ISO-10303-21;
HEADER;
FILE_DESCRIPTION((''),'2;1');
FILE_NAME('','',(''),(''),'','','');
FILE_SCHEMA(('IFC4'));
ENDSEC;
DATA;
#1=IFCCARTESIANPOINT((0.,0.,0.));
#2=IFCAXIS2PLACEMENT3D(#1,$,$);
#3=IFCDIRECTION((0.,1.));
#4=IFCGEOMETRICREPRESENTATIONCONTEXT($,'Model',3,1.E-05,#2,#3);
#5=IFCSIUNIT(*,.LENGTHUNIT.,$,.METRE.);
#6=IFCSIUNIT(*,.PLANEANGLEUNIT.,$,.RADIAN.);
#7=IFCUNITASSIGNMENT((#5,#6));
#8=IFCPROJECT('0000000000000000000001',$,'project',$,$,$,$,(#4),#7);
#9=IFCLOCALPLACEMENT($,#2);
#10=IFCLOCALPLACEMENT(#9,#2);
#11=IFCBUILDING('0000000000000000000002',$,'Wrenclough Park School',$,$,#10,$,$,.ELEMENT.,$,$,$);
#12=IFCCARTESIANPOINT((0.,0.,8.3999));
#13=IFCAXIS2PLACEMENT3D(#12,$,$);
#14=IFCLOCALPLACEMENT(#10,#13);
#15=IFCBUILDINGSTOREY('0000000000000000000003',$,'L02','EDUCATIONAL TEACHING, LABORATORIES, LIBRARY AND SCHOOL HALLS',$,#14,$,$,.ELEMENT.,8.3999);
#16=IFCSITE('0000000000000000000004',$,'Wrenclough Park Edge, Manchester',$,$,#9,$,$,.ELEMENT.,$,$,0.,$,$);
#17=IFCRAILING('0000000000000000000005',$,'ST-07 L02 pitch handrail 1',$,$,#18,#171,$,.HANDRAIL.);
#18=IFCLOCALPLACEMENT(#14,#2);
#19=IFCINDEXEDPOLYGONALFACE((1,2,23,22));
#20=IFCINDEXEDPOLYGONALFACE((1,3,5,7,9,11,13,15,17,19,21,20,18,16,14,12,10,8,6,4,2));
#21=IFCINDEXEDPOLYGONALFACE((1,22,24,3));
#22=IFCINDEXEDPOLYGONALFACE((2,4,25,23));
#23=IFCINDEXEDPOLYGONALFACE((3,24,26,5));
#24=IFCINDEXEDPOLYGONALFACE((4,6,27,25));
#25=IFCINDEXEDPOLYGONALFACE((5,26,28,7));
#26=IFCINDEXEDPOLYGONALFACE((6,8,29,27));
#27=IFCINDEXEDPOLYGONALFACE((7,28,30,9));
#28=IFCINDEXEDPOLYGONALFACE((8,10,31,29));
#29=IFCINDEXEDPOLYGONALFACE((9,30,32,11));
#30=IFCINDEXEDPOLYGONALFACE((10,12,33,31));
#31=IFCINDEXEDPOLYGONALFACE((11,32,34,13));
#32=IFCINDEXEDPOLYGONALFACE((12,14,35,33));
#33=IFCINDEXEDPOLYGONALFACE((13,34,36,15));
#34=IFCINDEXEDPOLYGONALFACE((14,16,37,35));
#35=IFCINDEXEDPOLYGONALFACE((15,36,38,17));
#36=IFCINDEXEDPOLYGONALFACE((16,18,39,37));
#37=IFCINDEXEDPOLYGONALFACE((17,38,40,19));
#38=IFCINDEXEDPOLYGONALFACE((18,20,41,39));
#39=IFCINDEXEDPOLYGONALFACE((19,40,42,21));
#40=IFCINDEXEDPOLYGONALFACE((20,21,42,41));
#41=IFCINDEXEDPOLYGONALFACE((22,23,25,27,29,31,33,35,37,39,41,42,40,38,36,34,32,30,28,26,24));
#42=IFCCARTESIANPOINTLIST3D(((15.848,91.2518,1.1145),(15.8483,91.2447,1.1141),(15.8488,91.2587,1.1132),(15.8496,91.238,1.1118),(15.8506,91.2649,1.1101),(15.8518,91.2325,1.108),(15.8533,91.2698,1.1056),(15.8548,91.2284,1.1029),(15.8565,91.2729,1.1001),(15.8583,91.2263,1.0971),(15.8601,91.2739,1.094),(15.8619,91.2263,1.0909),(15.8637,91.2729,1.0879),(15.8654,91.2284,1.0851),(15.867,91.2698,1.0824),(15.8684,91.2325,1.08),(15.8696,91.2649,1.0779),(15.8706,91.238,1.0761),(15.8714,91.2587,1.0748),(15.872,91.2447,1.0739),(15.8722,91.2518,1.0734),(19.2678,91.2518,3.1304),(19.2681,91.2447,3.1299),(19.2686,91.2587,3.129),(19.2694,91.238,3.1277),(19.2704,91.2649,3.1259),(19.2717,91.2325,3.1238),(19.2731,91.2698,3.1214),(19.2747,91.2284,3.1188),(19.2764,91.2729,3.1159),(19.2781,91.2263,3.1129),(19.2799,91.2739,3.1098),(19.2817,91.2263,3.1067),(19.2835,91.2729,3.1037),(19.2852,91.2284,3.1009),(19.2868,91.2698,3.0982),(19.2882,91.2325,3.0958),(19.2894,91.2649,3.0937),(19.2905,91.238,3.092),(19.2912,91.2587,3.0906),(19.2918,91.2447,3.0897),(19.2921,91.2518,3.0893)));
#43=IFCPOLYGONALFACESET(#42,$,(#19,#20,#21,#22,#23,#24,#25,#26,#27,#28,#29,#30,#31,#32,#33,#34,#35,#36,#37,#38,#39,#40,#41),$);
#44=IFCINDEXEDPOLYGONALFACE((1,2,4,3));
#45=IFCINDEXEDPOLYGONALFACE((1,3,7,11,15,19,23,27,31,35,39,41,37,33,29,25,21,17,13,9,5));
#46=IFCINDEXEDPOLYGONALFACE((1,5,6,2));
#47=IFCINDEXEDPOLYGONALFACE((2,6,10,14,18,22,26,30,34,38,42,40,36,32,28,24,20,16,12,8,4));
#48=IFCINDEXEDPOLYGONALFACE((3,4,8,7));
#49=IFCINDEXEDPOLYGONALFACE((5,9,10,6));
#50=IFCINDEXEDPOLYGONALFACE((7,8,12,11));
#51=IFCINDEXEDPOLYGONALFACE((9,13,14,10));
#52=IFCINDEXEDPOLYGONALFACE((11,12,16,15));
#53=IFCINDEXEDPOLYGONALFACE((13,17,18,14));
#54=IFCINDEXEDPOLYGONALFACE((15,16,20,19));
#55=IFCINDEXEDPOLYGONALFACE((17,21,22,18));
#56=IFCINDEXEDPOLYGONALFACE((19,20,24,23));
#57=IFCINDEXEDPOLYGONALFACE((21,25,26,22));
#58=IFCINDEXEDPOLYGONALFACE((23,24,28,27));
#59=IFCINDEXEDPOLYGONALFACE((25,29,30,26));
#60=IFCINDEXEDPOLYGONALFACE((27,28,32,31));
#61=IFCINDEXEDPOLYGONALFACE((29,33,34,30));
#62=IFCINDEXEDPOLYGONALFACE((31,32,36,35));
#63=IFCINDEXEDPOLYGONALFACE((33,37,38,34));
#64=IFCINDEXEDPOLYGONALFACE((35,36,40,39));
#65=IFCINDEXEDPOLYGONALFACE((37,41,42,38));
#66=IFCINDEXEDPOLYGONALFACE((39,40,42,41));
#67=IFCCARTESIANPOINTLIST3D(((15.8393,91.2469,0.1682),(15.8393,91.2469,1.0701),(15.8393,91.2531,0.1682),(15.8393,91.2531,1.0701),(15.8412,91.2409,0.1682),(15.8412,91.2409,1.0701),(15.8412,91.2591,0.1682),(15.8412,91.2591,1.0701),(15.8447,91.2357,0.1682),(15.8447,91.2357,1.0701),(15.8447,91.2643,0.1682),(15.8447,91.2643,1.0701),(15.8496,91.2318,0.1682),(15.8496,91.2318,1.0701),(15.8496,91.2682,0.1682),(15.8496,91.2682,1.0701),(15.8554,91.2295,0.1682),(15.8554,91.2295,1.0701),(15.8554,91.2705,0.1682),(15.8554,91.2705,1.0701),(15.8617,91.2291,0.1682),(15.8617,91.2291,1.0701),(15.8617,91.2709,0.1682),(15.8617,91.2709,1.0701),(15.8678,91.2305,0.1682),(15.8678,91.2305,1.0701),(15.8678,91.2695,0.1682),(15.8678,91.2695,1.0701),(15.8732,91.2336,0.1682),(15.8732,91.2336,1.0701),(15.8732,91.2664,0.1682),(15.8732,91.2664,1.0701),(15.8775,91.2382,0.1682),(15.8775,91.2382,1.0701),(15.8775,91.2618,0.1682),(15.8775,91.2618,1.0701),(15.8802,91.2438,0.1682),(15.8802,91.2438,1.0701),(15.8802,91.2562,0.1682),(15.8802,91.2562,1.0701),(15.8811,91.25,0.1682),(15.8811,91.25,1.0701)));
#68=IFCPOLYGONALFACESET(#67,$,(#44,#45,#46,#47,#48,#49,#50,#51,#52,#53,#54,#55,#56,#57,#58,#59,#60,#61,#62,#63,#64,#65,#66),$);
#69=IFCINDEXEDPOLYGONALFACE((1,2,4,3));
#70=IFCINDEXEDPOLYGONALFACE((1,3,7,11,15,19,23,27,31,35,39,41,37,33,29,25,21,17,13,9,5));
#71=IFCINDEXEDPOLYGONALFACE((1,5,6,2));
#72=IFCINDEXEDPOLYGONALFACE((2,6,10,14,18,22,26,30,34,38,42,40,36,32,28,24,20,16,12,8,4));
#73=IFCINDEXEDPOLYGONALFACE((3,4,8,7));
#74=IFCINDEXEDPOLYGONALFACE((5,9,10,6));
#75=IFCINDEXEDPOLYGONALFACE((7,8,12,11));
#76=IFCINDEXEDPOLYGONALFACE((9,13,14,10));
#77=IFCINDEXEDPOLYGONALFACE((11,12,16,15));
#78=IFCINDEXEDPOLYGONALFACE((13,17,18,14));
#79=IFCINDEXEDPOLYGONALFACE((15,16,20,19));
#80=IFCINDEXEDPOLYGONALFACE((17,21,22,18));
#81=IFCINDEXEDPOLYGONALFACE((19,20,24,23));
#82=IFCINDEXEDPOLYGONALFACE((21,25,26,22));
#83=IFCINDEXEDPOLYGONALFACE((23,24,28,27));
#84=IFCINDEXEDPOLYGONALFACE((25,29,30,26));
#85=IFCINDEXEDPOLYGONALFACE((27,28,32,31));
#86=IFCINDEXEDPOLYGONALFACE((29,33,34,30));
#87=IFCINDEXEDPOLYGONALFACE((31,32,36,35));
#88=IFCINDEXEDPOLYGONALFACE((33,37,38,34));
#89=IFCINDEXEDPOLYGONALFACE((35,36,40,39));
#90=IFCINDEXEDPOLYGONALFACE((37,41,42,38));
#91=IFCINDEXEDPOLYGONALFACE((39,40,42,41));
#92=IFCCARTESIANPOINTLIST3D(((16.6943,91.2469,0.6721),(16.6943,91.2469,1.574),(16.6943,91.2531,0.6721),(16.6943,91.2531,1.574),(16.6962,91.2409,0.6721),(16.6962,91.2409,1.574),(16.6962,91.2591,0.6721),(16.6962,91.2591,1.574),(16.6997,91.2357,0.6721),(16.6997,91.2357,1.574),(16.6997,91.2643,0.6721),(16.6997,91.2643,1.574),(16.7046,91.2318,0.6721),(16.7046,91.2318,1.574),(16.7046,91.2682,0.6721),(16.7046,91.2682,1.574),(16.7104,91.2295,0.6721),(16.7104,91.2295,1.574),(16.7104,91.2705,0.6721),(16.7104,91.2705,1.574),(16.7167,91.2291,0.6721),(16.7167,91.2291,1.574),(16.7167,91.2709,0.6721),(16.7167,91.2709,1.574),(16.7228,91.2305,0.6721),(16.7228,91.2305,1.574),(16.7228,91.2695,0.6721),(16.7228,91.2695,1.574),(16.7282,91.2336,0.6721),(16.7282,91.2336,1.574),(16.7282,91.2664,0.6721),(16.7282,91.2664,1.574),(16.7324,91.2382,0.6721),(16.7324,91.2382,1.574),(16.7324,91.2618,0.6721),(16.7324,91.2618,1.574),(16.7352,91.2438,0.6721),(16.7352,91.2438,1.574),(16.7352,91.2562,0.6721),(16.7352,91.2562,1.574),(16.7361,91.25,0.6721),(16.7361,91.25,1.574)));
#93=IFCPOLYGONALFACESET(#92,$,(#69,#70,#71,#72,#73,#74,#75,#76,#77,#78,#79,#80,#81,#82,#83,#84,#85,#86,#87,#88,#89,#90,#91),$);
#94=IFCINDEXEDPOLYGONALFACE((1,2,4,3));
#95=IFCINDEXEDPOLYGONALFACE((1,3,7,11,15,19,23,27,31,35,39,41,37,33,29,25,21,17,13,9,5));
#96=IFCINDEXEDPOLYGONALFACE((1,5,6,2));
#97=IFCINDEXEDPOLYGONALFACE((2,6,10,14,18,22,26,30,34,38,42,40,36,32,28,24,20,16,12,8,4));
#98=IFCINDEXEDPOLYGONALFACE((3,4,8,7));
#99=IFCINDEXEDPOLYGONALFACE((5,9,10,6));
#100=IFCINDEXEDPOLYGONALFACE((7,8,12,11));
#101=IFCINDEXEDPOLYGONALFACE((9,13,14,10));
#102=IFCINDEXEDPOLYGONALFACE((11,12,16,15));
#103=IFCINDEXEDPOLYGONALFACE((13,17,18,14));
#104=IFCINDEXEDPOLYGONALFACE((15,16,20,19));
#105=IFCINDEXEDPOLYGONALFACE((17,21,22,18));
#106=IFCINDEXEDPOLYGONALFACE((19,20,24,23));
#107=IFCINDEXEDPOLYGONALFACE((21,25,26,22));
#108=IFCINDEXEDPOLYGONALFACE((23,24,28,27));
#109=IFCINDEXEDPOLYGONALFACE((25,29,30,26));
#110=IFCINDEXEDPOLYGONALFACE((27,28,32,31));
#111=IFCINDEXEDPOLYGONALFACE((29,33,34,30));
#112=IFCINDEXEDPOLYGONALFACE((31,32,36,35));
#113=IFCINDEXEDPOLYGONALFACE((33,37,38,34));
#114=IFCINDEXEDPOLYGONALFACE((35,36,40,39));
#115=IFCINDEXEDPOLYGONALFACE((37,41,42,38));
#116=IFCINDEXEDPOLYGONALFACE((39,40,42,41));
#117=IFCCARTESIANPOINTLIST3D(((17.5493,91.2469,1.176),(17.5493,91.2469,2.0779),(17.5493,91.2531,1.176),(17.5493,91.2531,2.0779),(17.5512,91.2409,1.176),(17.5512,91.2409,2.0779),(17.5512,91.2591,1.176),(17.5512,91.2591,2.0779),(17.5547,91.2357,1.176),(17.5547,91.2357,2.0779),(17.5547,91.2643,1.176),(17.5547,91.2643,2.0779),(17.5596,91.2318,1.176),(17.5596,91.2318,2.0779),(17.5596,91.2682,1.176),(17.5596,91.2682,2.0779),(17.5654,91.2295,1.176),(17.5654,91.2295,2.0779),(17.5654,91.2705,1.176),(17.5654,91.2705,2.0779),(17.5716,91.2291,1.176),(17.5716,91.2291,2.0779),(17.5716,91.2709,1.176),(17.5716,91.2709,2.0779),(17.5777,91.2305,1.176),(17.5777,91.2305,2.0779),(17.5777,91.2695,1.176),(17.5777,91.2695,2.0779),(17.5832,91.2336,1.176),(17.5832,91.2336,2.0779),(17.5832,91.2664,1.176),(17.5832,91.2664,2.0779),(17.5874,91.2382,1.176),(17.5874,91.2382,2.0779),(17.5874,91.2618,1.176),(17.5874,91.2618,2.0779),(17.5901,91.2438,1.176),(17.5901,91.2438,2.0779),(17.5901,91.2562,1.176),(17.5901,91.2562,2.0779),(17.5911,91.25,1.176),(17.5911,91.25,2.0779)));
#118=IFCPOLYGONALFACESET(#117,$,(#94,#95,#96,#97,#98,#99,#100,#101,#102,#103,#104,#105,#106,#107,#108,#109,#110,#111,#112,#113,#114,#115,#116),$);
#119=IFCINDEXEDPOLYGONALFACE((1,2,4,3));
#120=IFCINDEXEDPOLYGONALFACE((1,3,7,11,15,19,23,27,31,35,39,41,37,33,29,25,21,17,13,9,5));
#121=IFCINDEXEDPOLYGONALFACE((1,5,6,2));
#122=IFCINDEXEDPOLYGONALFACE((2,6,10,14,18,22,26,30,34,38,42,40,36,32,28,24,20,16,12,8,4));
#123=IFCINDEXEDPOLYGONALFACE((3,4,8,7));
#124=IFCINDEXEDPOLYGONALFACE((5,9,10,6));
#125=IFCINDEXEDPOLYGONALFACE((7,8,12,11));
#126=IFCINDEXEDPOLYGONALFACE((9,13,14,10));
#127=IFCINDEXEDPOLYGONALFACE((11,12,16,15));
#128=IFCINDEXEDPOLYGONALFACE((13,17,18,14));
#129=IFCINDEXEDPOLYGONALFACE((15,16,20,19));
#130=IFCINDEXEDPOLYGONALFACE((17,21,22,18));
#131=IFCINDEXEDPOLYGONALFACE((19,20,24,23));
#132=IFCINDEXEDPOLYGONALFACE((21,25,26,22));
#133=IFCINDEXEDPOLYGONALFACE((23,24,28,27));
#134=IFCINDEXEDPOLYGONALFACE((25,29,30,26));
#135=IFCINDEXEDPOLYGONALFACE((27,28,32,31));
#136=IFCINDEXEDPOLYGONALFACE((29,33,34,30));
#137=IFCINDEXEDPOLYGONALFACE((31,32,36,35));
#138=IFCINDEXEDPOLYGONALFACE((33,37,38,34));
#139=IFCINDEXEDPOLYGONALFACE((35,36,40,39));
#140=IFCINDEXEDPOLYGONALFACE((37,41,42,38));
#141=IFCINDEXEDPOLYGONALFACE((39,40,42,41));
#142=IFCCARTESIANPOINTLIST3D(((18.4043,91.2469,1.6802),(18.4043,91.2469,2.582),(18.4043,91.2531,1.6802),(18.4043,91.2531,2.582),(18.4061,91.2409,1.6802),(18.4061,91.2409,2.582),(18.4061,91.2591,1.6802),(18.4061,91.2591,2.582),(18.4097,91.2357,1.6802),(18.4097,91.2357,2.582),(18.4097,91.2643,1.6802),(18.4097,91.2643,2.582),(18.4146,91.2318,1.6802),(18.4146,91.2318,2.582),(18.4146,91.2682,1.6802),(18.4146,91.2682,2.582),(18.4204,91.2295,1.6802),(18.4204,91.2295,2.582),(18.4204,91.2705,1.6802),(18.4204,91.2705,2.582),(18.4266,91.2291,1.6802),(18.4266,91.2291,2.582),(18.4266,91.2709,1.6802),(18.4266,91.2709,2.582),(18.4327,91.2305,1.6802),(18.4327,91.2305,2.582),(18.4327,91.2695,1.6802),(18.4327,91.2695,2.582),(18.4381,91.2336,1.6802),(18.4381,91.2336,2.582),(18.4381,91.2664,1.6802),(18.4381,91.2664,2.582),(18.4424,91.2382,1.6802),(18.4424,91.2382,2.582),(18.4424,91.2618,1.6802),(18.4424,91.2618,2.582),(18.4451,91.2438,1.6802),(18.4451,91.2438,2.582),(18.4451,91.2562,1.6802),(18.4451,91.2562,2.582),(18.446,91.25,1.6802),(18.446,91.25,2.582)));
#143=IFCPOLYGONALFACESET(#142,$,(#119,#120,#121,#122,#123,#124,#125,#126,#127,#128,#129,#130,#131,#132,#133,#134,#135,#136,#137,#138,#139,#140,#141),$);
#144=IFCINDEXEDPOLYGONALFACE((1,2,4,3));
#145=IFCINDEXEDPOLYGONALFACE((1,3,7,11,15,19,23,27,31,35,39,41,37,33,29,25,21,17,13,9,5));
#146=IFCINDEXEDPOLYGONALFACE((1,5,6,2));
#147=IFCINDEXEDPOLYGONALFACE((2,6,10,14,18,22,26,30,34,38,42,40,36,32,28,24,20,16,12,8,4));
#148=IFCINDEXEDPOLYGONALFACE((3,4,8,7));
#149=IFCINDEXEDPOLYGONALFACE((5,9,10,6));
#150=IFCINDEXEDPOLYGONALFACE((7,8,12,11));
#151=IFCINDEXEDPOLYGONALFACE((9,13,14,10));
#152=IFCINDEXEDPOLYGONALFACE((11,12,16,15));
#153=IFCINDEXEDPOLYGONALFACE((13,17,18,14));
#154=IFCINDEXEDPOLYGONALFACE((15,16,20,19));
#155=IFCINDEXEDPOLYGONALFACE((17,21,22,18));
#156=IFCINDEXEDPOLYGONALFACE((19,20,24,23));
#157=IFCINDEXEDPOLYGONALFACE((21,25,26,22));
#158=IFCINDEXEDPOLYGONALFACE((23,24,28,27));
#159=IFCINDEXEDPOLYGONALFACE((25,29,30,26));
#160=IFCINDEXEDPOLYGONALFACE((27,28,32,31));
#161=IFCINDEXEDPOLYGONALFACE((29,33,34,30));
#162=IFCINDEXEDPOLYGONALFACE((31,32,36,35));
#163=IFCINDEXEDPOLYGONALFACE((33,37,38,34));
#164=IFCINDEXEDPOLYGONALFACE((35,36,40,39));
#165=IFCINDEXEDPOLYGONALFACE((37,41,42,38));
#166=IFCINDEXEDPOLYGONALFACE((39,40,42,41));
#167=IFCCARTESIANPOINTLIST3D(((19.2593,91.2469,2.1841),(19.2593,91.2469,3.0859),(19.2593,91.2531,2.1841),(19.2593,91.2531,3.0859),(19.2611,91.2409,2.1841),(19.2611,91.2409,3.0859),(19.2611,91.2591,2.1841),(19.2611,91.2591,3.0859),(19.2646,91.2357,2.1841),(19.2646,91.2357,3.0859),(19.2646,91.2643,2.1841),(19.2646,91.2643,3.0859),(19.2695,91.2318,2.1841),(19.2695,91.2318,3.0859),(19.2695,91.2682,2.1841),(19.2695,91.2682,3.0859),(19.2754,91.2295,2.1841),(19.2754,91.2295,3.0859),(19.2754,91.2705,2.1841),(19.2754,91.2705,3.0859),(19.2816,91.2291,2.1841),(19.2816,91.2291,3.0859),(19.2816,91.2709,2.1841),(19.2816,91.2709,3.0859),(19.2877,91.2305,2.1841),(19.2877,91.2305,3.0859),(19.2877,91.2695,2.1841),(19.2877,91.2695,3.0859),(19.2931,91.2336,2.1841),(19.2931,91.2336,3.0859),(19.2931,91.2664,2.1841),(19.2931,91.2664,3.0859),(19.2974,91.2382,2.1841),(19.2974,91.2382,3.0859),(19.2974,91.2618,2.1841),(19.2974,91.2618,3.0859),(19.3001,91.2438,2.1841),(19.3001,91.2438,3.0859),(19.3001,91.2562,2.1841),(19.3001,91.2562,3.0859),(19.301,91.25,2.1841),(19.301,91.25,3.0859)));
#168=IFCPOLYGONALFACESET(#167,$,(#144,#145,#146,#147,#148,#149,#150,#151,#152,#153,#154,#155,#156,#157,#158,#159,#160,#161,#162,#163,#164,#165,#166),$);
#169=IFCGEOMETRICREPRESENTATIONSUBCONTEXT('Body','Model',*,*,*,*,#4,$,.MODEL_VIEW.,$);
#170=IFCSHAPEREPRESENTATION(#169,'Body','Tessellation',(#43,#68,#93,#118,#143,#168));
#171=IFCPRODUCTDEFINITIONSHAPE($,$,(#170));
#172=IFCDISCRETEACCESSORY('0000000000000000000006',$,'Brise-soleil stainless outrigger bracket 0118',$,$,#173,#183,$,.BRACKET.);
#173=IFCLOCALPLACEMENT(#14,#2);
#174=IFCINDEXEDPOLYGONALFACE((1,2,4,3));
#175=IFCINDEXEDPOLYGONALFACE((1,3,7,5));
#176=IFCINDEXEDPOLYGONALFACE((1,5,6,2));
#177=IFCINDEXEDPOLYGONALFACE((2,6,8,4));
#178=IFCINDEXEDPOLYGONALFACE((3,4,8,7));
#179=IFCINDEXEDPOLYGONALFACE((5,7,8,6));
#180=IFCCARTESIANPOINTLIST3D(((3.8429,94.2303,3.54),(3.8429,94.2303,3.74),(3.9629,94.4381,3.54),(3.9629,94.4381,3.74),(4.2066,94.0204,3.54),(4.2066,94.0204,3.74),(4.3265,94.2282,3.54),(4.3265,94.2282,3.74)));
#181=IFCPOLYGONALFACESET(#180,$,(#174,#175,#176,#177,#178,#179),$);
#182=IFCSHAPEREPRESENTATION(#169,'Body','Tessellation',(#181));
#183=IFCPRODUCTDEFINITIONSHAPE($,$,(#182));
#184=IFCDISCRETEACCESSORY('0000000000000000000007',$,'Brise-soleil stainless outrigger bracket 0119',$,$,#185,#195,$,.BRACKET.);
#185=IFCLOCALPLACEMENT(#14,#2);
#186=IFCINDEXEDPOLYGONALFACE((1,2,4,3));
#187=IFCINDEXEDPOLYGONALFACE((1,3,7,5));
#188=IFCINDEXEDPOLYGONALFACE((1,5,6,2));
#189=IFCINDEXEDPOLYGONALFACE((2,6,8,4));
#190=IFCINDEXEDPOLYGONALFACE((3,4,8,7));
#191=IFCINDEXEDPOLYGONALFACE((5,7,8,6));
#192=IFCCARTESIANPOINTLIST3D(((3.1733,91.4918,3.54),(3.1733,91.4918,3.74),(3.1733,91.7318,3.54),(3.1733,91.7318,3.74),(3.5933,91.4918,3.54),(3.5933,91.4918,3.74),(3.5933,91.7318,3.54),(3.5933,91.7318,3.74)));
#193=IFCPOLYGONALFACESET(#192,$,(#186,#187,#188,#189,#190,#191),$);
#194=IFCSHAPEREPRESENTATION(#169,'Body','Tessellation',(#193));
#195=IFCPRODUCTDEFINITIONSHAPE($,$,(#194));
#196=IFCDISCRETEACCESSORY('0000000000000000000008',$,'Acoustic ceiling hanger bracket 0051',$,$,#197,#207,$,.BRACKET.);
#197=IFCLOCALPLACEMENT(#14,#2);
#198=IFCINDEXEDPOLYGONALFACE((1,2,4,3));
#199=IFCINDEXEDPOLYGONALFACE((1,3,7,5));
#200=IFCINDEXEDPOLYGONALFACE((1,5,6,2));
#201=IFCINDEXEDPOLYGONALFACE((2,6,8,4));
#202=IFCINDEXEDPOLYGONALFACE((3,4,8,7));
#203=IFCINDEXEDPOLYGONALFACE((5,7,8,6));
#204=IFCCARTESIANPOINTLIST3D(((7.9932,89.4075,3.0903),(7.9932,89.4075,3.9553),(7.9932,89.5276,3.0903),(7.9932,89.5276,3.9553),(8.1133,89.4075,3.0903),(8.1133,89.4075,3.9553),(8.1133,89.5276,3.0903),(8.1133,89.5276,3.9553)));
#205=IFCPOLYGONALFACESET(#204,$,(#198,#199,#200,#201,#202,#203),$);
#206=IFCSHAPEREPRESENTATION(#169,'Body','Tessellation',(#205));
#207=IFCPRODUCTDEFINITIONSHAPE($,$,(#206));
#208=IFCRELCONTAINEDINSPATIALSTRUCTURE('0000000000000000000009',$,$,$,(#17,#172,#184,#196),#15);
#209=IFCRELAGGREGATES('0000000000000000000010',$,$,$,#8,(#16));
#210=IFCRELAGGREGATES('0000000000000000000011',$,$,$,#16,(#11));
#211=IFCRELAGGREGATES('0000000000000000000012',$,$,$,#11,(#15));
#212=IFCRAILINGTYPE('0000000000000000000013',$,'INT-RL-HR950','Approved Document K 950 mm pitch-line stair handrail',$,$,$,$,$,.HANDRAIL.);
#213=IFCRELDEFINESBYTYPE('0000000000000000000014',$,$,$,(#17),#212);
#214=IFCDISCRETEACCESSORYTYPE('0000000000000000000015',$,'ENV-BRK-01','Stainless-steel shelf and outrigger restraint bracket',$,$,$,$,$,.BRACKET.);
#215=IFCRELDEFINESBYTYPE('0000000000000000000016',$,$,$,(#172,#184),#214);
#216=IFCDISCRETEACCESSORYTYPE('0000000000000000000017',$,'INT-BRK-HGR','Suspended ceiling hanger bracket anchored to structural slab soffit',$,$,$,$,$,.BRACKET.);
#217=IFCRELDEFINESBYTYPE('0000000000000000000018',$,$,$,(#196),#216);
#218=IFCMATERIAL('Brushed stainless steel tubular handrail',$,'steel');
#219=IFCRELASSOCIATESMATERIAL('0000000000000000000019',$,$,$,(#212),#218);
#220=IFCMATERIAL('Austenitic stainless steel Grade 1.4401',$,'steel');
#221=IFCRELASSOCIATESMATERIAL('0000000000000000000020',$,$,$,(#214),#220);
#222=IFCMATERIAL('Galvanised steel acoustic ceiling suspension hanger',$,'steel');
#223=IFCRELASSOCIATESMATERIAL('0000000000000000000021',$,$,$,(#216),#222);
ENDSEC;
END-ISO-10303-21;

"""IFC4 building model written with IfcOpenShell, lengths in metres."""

from ifc_helpers import new_model, si_unit, direction, frame, origin, origin_2d, place, context, subcontext, project, spatial, rectangle, circle, extrude, material, type_object, element, save


model = new_model("IFC4")

# Units and contexts
model_context = context("Model", 3, precision=1e-05, world=origin(), true_north=direction((0.0, 1.0)))
body_context = subcontext(model_context, "Body", "Model", "MODEL_VIEW")
ifc_project = project(units=[si_unit("LENGTHUNIT", "METRE"), si_unit("PLANEANGLEUNIT", "RADIAN")], contexts=[model_context])

# Site, building, storey
site_placement = place(None, origin())
site = spatial("IfcSite", under=ifc_project, at=site_placement, Name="Wrenclough Park Edge, Manchester", CompositionType="ELEMENT", RefElevation=0.0)
building_placement = place(site_placement, origin())
building = spatial("IfcBuilding", under=site, at=building_placement, Name="Wrenclough Park School", CompositionType="ELEMENT")
storey_placement = place(building_placement, frame((0.0, 0.0, 8.3999)))
storey = spatial("IfcBuildingStorey", under=building, at=storey_placement, Name="L02", Description="EDUCATIONAL TEACHING, LABORATORIES, LIBRARY AND SCHOOL HALLS", CompositionType="ELEMENT", Elevation=8.3999)

# Railing
ifc_material_1 = material(Name="Brushed stainless steel tubular handrail", Category="steel")
railing_type_1 = type_object("IfcRailingType", Name="INT-RL-HR950", Description="Approved Document K 950 mm pitch-line stair handrail", PredefinedType="HANDRAIL", material=ifc_material_1)
railing_1_placement = place(storey_placement, frame((15.8601, 91.25, 0.1682)))
element("IfcRailing", 1, at=railing_1_placement, inside=storey, type_object=railing_type_1, Name="ST-07 L02 pitch handrail 1", PredefinedType="HANDRAIL", context=body_context, shape_type="SweptSolid", body=[
    extrude(circle(Radius=0.0239, at=origin_2d()), frame((0.0, 0.0, 0.9258), z_axis=(0.861477, 0.0, 0.507797), x_axis=(0.0, 1.0, 0.0)), (0.0, 0.0, 1.0), 3.9697),
    extrude(circle(Radius=0.021, at=origin_2d()), origin(), (0.0, 0.0, 1.0), 0.9019),
    extrude(circle(Radius=0.021, at=origin_2d()), frame((0.855, 0.0, 0.5039)), (0.0, 0.0, 1.0), 0.9019),
    extrude(circle(Radius=0.021, at=origin_2d()), frame((1.71, 0.0, 1.0078)), (0.0, 0.0, 1.0), 0.9019),
    extrude(circle(Radius=0.021, at=origin_2d()), frame((2.5649, 0.0, 1.512)), (0.0, 0.0, 1.0), 0.9019),
    extrude(circle(Radius=0.021, at=origin_2d()), frame((3.4199, 0.0, 2.0159)), (0.0, 0.0, 1.0), 0.9019),
])

# Discrete accessories
ifc_material_2 = material(Name="Austenitic stainless steel Grade 1.4401", Category="steel")
discrete_accessory_type_1 = type_object("IfcDiscreteAccessoryType", Name="ENV-BRK-01", Description="Stainless-steel shelf and outrigger restraint bracket", PredefinedType="BRACKET", material=ifc_material_2)
for number, where, z_axis, x_axis, name in (
    (2, (4.0847, 94.2292, 3.54), (0.0, 0.0, 1.0), (-0.499991, -0.866031, 0.0), "Brise-soleil stainless outrigger bracket 0118"),
    (3, (3.3833, 91.6118, 3.54), (0.0, 0.0, 1.0), (0.0, -1.0, 0.0), "Brise-soleil stainless outrigger bracket 0119"),
):
    element("IfcDiscreteAccessory", number, at=place(storey_placement, frame(where, z_axis=z_axis, x_axis=x_axis)), inside=storey, type_object=discrete_accessory_type_1, Name=name, PredefinedType="BRACKET", context=body_context, shape_type="SweptSolid", body=[
        extrude(rectangle(XDim=0.24, YDim=0.4199, at=origin_2d()), origin(), (0.0, 0.0, 1.0), 0.2),
    ])
ifc_material_3 = material(Name="Galvanised steel acoustic ceiling suspension hanger", Category="steel")
discrete_accessory_type_2 = type_object("IfcDiscreteAccessoryType", Name="INT-BRK-HGR", Description="Suspended ceiling hanger bracket anchored to structural slab soffit", PredefinedType="BRACKET", material=ifc_material_3)
discrete_accessory_placement = place(storey_placement, frame((8.0532, 89.4675, 3.0903), z_axis=(0.0, 0.0, 1.0), x_axis=(1.0, 0.0, 0.0)))
element("IfcDiscreteAccessory", 4, at=discrete_accessory_placement, inside=storey, type_object=discrete_accessory_type_2, Name="Acoustic ceiling hanger bracket 0051", PredefinedType="BRACKET", context=body_context, shape_type="SweptSolid", body=[
    extrude(rectangle(XDim=0.1201, YDim=0.1201, at=origin_2d()), origin(), (0.0, 0.0, 1.0), 0.865),
])

save(model, "model.ifc")
